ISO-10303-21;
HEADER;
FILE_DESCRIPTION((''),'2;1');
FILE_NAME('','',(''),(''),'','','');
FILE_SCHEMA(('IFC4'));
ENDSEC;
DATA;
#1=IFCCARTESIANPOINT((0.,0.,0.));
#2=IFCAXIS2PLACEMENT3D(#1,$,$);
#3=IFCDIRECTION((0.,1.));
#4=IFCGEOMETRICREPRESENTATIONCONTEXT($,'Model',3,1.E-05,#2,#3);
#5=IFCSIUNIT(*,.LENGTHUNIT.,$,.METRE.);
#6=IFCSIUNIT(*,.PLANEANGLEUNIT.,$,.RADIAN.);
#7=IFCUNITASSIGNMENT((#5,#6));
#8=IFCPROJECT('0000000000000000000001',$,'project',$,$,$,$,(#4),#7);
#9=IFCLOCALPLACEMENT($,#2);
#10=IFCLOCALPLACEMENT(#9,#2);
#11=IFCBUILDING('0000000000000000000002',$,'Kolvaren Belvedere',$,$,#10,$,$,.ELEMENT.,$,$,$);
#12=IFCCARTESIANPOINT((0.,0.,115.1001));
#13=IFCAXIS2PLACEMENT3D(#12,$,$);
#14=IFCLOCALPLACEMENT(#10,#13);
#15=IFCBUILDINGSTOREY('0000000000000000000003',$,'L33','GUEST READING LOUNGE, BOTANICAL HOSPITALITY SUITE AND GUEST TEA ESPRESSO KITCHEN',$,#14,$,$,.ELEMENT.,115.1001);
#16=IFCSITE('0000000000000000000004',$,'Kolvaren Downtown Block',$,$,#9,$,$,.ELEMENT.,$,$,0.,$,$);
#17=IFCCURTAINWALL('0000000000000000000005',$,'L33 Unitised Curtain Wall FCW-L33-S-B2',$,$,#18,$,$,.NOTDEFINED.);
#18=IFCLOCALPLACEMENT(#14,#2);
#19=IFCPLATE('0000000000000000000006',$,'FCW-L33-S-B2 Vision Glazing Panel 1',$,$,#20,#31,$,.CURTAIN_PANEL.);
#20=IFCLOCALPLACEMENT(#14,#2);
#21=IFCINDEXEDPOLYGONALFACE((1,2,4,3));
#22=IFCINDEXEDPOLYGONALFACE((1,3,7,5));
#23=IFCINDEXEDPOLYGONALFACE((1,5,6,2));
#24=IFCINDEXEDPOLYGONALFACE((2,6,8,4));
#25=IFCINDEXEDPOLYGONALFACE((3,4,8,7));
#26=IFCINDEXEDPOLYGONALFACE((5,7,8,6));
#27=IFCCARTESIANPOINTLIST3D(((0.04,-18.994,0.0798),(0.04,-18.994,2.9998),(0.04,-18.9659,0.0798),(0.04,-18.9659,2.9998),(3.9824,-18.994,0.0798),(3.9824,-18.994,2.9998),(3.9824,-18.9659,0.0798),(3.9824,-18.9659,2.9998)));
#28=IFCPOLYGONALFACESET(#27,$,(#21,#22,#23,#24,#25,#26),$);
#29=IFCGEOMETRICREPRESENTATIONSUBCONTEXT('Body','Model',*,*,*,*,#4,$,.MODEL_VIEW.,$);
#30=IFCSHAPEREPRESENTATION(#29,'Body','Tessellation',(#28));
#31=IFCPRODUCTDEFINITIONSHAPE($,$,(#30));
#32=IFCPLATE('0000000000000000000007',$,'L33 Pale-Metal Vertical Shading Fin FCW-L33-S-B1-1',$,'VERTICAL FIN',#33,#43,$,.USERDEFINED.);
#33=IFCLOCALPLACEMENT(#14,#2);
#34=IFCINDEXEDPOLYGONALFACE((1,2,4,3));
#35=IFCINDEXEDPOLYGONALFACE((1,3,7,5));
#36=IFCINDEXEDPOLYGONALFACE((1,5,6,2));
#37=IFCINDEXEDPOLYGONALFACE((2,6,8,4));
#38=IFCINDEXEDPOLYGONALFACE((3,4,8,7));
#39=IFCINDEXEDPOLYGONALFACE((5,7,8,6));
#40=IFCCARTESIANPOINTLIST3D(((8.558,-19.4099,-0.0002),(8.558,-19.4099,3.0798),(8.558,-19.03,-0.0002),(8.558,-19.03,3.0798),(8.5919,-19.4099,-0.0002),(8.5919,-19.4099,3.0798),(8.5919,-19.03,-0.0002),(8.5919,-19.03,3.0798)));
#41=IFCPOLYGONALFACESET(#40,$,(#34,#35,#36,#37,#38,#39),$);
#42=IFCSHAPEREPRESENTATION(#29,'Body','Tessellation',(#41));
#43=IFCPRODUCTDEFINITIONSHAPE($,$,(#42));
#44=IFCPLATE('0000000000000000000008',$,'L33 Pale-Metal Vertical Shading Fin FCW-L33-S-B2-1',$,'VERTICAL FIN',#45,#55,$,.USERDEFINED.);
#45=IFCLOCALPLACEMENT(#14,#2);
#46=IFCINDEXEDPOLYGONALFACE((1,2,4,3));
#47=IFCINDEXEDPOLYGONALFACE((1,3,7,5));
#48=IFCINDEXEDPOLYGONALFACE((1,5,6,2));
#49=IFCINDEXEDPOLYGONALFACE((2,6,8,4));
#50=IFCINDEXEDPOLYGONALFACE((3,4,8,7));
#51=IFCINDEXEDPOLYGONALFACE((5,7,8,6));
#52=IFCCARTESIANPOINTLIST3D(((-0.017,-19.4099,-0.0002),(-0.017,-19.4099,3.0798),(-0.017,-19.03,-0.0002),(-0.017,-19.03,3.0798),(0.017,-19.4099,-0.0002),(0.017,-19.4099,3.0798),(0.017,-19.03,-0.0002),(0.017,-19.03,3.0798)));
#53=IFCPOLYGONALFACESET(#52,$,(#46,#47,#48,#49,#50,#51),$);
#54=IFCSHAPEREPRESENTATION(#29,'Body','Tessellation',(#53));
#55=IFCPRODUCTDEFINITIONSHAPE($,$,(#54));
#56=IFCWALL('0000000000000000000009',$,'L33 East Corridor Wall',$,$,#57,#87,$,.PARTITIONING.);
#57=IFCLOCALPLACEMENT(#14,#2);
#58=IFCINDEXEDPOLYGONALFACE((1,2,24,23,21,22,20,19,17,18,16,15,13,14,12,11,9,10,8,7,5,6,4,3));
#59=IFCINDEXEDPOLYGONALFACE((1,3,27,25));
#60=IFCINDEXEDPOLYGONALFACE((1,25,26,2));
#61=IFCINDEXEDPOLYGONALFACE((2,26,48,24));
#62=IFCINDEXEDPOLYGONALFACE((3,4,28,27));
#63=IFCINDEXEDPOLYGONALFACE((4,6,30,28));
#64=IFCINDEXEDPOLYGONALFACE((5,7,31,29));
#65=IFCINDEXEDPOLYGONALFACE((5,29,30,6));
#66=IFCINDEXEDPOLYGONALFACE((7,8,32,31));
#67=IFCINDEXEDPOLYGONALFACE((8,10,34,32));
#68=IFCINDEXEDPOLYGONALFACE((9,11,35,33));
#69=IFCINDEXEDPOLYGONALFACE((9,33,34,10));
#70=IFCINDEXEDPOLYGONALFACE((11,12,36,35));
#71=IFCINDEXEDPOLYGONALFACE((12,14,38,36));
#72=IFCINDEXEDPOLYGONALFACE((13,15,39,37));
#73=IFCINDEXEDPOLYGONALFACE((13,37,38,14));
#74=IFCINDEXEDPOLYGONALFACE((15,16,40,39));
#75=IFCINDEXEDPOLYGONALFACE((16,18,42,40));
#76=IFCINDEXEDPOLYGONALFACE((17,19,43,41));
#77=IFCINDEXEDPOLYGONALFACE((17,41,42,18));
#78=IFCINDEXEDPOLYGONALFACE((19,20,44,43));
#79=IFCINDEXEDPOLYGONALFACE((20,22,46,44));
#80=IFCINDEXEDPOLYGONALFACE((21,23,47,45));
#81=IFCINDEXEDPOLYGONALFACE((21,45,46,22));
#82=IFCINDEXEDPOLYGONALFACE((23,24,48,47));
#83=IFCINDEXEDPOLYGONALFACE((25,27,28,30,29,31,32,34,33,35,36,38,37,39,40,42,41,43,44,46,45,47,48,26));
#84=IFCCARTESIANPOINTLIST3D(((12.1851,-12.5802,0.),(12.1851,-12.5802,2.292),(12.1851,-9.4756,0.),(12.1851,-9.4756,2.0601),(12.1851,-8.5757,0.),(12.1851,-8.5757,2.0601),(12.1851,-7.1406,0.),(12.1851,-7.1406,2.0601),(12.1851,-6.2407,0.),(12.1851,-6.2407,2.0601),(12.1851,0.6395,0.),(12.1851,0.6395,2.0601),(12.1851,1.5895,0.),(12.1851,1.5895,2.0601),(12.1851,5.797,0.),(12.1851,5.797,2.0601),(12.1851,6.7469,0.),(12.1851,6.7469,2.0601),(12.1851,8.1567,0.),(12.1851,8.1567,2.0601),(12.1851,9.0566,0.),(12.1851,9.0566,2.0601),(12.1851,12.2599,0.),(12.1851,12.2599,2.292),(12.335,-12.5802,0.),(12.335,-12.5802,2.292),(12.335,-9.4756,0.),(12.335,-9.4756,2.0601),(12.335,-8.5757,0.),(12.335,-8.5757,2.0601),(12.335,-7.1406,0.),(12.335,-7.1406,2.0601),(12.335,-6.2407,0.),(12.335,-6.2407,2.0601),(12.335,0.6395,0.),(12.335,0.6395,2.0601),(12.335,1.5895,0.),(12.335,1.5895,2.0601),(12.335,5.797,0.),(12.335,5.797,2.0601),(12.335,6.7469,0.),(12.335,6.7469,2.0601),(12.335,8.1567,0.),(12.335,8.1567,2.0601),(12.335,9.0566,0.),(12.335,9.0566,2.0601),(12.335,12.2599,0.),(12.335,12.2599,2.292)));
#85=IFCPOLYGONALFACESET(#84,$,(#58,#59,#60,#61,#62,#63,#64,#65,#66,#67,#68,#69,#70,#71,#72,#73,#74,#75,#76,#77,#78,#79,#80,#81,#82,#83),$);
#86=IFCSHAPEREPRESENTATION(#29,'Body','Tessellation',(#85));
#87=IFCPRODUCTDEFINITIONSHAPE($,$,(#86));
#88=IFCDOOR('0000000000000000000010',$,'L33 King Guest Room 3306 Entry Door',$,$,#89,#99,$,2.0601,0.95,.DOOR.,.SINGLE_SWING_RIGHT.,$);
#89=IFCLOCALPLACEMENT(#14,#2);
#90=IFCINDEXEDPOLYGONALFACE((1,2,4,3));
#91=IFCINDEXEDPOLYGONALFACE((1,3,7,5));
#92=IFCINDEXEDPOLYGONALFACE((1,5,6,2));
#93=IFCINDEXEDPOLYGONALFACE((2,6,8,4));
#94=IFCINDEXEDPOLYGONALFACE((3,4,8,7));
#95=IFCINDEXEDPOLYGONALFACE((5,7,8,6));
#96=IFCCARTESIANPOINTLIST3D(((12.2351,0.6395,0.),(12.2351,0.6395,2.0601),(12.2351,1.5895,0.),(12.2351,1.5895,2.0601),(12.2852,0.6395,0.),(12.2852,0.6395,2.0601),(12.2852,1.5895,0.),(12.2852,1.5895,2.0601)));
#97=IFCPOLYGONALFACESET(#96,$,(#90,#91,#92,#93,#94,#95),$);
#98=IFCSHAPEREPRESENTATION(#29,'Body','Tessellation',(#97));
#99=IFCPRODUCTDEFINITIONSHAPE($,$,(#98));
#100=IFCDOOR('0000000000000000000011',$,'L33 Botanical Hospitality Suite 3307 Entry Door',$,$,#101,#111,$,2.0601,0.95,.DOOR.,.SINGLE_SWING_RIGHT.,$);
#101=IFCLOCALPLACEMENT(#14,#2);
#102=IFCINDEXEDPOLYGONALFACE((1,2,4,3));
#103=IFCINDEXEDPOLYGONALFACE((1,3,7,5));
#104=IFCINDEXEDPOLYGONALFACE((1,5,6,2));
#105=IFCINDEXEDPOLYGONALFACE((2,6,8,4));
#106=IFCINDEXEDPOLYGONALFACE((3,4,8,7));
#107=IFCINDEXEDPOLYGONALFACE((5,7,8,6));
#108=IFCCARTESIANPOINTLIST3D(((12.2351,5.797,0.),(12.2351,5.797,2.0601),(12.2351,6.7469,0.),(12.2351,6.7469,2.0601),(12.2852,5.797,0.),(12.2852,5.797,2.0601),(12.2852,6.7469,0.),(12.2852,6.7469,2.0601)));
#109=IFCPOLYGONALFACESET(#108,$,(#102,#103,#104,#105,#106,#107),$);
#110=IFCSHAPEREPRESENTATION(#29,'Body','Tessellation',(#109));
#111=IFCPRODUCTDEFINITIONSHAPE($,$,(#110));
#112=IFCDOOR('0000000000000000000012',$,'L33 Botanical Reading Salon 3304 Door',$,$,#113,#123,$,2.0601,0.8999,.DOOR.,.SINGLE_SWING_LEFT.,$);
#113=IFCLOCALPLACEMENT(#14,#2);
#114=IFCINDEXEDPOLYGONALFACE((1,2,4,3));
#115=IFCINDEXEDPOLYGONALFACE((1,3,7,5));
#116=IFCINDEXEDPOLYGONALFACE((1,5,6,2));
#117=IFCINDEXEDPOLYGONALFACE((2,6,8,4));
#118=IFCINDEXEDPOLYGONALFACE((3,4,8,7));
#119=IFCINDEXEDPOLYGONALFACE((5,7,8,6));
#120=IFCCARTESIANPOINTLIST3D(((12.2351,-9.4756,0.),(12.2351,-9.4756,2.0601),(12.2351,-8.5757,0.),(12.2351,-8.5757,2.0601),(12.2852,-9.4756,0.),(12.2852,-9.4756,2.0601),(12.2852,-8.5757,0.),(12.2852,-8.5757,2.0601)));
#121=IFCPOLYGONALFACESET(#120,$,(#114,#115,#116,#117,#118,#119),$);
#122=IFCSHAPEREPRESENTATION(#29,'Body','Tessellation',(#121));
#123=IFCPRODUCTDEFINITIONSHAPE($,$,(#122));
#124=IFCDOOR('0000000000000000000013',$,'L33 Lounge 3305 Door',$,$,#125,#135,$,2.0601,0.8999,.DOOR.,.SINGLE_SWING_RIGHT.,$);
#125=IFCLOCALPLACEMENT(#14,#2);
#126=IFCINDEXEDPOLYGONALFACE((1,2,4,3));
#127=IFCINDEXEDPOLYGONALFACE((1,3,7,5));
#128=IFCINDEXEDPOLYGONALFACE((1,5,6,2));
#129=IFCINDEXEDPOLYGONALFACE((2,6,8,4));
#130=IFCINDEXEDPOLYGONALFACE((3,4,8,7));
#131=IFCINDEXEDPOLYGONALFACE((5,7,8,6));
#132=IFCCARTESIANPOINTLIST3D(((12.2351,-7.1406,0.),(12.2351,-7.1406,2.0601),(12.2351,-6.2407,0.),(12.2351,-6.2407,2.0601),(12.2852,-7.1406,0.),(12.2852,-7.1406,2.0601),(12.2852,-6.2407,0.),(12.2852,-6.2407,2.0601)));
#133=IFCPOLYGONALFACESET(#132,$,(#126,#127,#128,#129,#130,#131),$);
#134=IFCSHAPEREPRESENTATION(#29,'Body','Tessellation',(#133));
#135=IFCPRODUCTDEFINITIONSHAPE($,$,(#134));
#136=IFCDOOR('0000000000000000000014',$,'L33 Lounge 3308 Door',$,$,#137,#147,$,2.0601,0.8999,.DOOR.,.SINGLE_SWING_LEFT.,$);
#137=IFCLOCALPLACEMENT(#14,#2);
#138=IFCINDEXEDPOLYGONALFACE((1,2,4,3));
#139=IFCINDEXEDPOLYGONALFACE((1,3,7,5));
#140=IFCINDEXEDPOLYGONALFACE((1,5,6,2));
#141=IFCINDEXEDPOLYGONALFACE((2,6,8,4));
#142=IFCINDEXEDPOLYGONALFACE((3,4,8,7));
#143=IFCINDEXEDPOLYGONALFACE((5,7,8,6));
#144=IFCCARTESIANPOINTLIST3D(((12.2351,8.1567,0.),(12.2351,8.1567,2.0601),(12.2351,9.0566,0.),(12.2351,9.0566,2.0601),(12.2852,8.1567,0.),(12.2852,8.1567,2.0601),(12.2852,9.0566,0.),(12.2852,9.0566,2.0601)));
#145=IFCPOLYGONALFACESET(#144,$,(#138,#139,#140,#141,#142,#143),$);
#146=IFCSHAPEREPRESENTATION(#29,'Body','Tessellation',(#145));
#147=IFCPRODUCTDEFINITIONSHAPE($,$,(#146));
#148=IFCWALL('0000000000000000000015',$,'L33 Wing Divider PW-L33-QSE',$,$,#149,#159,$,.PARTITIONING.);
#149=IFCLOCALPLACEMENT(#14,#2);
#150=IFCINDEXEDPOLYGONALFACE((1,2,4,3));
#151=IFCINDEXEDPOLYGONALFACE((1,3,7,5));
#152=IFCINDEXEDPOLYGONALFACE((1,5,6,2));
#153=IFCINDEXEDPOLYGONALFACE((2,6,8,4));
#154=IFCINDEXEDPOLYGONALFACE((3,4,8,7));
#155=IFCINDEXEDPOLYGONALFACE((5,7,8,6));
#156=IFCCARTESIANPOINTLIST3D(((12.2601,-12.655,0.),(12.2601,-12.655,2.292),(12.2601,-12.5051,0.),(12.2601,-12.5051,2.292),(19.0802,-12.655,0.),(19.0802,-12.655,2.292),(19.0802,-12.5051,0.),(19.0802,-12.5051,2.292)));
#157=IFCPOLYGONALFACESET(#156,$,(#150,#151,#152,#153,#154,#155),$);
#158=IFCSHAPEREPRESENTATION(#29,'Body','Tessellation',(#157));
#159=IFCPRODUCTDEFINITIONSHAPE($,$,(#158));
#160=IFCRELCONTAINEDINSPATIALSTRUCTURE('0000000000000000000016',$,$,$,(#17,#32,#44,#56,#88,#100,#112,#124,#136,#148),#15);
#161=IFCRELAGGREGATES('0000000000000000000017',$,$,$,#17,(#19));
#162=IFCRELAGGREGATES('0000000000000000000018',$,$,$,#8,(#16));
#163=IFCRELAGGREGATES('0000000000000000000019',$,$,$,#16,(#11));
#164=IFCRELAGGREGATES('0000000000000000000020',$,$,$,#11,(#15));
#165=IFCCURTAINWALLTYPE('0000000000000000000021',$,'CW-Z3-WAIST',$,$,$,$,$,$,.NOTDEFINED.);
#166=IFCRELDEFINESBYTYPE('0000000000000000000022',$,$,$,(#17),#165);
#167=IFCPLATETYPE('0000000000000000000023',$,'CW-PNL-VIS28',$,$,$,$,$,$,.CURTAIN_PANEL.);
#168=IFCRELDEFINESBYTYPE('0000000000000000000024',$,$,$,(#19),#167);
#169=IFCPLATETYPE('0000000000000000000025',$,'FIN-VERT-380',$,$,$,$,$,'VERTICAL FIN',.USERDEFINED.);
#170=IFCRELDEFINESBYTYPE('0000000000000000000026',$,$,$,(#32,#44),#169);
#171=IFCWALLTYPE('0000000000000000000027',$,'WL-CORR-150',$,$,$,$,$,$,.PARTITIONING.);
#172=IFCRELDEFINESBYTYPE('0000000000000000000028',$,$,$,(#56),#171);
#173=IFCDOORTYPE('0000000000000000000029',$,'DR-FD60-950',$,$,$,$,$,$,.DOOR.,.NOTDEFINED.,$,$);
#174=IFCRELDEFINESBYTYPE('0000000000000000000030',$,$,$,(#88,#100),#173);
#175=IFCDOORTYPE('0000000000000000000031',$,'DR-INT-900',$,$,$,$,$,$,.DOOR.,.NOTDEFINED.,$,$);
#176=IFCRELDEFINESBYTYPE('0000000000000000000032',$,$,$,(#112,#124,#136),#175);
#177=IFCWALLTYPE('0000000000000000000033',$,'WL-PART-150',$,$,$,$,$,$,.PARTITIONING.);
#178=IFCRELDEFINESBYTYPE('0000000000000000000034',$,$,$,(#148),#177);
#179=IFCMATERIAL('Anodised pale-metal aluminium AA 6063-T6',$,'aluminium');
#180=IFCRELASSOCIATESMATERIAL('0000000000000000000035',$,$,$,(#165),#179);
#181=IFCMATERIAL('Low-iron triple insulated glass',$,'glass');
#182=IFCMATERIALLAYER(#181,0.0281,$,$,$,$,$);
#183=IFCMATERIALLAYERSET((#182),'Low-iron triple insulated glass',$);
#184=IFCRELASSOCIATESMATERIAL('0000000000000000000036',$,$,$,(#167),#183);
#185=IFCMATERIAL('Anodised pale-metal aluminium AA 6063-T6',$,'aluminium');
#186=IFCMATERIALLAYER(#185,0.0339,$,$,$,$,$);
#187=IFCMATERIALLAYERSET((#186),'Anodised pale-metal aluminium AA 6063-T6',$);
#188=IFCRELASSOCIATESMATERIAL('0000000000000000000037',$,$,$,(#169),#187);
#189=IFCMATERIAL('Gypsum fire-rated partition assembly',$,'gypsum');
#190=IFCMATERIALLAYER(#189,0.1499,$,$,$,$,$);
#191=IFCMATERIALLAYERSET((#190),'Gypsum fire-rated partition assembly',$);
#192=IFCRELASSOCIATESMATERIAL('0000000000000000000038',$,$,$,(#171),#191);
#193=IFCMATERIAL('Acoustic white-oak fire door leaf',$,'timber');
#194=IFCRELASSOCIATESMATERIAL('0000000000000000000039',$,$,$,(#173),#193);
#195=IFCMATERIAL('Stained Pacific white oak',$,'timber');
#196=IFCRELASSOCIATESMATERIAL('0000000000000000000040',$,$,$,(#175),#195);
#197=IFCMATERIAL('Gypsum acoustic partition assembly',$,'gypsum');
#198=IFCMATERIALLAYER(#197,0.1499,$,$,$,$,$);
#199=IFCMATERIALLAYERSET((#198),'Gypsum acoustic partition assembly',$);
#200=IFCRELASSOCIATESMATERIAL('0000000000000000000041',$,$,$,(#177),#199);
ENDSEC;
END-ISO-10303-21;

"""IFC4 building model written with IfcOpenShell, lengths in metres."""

from ifc_helpers import new_model, si_unit, direction, frame, frame_2d, origin, origin_2d, place, context, subcontext, project, spatial, rectangle, extrude, material, layer, layer_set, type_object, element, fill, aggregate, save


model = new_model("IFC4")

# Units and contexts
model_context = context("Model", 3, precision=1e-05, world=origin(), true_north=direction((0.0, 1.0)))
body_context = subcontext(model_context, "Body", "Model", "MODEL_VIEW")
ifc_project = project(units=[si_unit("LENGTHUNIT", "METRE"), si_unit("PLANEANGLEUNIT", "RADIAN")], contexts=[model_context])

# Site, building, storey
site_placement = place(None, origin())
site = spatial("IfcSite", under=ifc_project, at=site_placement, Name="Kolvaren Downtown Block", CompositionType="ELEMENT", RefElevation=0.0)
building_placement = place(site_placement, origin())
building = spatial("IfcBuilding", under=site, at=building_placement, Name="Kolvaren Belvedere", CompositionType="ELEMENT")
storey_placement = place(building_placement, frame((0.0, 0.0, 115.1001)))
storey = spatial("IfcBuildingStorey", under=building, at=storey_placement, Name="L33", Description="GUEST READING LOUNGE, BOTANICAL HOSPITALITY SUITE AND GUEST TEA ESPRESSO KITCHEN", CompositionType="ELEMENT", Elevation=115.1001)

# Curtain wall
ifc_material_1 = material(Name="Anodised pale-metal aluminium AA 6063-T6", Category="aluminium")
curtain_wall_type = type_object("IfcCurtainWallType", Name="CW-Z3-WAIST", PredefinedType="NOTDEFINED", material=ifc_material_1)
curtain_wall_1_placement = place(storey_placement, origin())
curtain_wall_1 = element("IfcCurtainWall", 1, at=curtain_wall_1_placement, inside=storey, type_object=curtain_wall_type, Name="L33 Unitised Curtain Wall FCW-L33-S-B2", PredefinedType="NOTDEFINED")

# Plate
ifc_material_2 = material(Name="Low-iron triple insulated glass", Category="glass")
ifc_layer_1 = layer(ifc_material_2, 0.0281)
ifc_layer_set_1 = layer_set([ifc_layer_1], Name="Low-iron triple insulated glass")
plate_type_1 = type_object("IfcPlateType", Name="CW-PNL-VIS28", PredefinedType="CURTAIN_PANEL", material=ifc_layer_set_1)
plate_1_placement = place(storey_placement, frame((2.0112, -18.98, 0.0798), z_axis=(0.0, 0.0, 1.0), x_axis=(-1.0, 0.0, 0.0)))
plate_1 = element("IfcPlate", 2, at=plate_1_placement, type_object=plate_type_1, Name="FCW-L33-S-B2 Vision Glazing Panel 1", PredefinedType="CURTAIN_PANEL", context=body_context, shape_type="SweptSolid", body=[
    extrude(rectangle(XDim=3.9424, YDim=0.0281, at=origin_2d()), origin(), (0.0, 0.0, 1.0), 2.9199),
])
aggregate(curtain_wall_1, [plate_1])

# Plates
ifc_material_3 = material(Name="Anodised pale-metal aluminium AA 6063-T6", Category="aluminium")
ifc_layer_2 = layer(ifc_material_3, 0.0339)
ifc_layer_set_2 = layer_set([ifc_layer_2], Name="Anodised pale-metal aluminium AA 6063-T6")
plate_type_2 = type_object("IfcPlateType", Name="FIN-VERT-380", ElementType="VERTICAL FIN", PredefinedType="USERDEFINED", material=ifc_layer_set_2)
for number, where, z_axis, x_axis, name in (
    (3, (8.575, -19.22, -0.0002), (0.0, 0.0, 1.0), (0.0, 1.0, 0.0), "L33 Pale-Metal Vertical Shading Fin FCW-L33-S-B1-1"),
    (4, (0.0, -19.22, -0.0002), (0.0, 0.0, 1.0), (0.0, 1.0, 0.0), "L33 Pale-Metal Vertical Shading Fin FCW-L33-S-B2-1"),
):
    element("IfcPlate", number, at=place(storey_placement, frame(where, z_axis=z_axis, x_axis=x_axis)), inside=storey, type_object=plate_type_2, Name=name, ObjectType="VERTICAL FIN", PredefinedType="USERDEFINED", context=body_context, shape_type="SweptSolid", body=[
        extrude(rectangle(XDim=0.3799, YDim=0.0339, at=origin_2d()), origin(), (0.0, 0.0, 1.0), 3.0801),
    ])

# Wall, openings, doors
ifc_material_4 = material(Name="Gypsum fire-rated partition assembly", Category="gypsum")
ifc_layer_3 = layer(ifc_material_4, 0.1499)
ifc_layer_set_3 = layer_set([ifc_layer_3], Name="Gypsum fire-rated partition assembly")
wall_type_1 = type_object("IfcWallType", Name="WL-CORR-150", PredefinedType="PARTITIONING", material=ifc_layer_set_3)
wall_1_placement = place(storey_placement, frame((12.26, -12.5801, 0.0), z_axis=(0.0, 0.0, 1.0), x_axis=(0.0, 1.0, 0.0)))
wall_1 = element("IfcWall", 5, at=wall_1_placement, inside=storey, type_object=wall_type_1, Name="L33 East Corridor Wall", PredefinedType="PARTITIONING", context=body_context, shape_type="SweptSolid", body=[
    extrude(rectangle(XDim=24.8401, YDim=0.1499, at=frame_2d((12.4199, 0.0))), origin(), (0.0, 0.0, 1.0), 2.292),
])
opening_1_placement = place(wall_1_placement, frame((3.1045, 0.0, 0.0)))
opening_1 = element("IfcOpeningElement", 6, at=opening_1_placement, cuts=wall_1, PredefinedType="OPENING", context=body_context, shape_type="SweptSolid", body=[
    extrude(rectangle(XDim=0.8999, YDim=2.0601, at=frame_2d((0.45, 1.03))), frame((0.0, 0.085, 0.0), z_axis=(0.0, -1.0, 0.0), x_axis=(1.0, 0.0, 0.0)), (0.0, 0.0, 1.0), 0.1699),
])
opening_2_placement = place(wall_1_placement, frame((5.4395, 0.0, 0.0)))
opening_2 = element("IfcOpeningElement", 7, at=opening_2_placement, cuts=wall_1, PredefinedType="OPENING", context=body_context, shape_type="SweptSolid", body=[
    extrude(rectangle(XDim=0.8999, YDim=2.0601, at=frame_2d((0.45, 1.03))), frame((0.0, 0.085, 0.0), z_axis=(0.0, -1.0, 0.0), x_axis=(1.0, 0.0, 0.0)), (0.0, 0.0, 1.0), 0.1699),
])
opening_3_placement = place(wall_1_placement, frame((13.2195, 0.0, 0.0)))
opening_3 = element("IfcOpeningElement", 8, at=opening_3_placement, cuts=wall_1, PredefinedType="OPENING", context=body_context, shape_type="SweptSolid", body=[
    extrude(rectangle(XDim=0.95, YDim=2.0601, at=frame_2d((0.4751, 1.03))), frame((0.0, 0.085, 0.0), z_axis=(0.0, -1.0, 0.0), x_axis=(1.0, 0.0, 0.0)), (0.0, 0.0, 1.0), 0.1699),
])
opening_4_placement = place(wall_1_placement, frame((18.377, 0.0, 0.0)))
opening_4 = element("IfcOpeningElement", 9, at=opening_4_placement, cuts=wall_1, PredefinedType="OPENING", context=body_context, shape_type="SweptSolid", body=[
    extrude(rectangle(XDim=0.95, YDim=2.0601, at=frame_2d((0.4751, 1.03))), frame((0.0, 0.085, 0.0), z_axis=(0.0, -1.0, 0.0), x_axis=(1.0, 0.0, 0.0)), (0.0, 0.0, 1.0), 0.1699),
])
opening_5_placement = place(wall_1_placement, frame((20.7368, 0.0, 0.0)))
opening_5 = element("IfcOpeningElement", 10, at=opening_5_placement, cuts=wall_1, PredefinedType="OPENING", context=body_context, shape_type="SweptSolid", body=[
    extrude(rectangle(XDim=0.8999, YDim=2.0601, at=frame_2d((0.45, 1.03))), frame((0.0, 0.085, 0.0), z_axis=(0.0, -1.0, 0.0), x_axis=(1.0, 0.0, 0.0)), (0.0, 0.0, 1.0), 0.1699),
])
ifc_material_5 = material(Name="Acoustic white-oak fire door leaf", Category="timber")
door_type_1 = type_object("IfcDoorType", Name="DR-FD60-950", OperationType="NOTDEFINED", PredefinedType="DOOR", material=ifc_material_5)
door_1_placement = place(opening_3_placement, origin())
door_1 = element("IfcDoor", 11, at=door_1_placement, inside=storey, type_object=door_type_1, Name="L33 King Guest Room 3306 Entry Door", OperationType="SINGLE_SWING_RIGHT", OverallHeight=2.0601, OverallWidth=0.95, PredefinedType="DOOR", context=body_context, shape_type="SweptSolid", body=[
    extrude(rectangle(XDim=0.95, YDim=2.0601, at=frame_2d((0.4751, 1.03))), frame((0.0, 0.0249, 0.0), z_axis=(0.0, -1.0, 0.0), x_axis=(1.0, 0.0, 0.0)), (0.0, 0.0, 1.0), 0.05),
])
fill(opening_3, door_1)
door_2_placement = place(opening_4_placement, origin())
door_2 = element("IfcDoor", 12, at=door_2_placement, inside=storey, type_object=door_type_1, Name="L33 Botanical Hospitality Suite 3307 Entry Door", OperationType="SINGLE_SWING_RIGHT", OverallHeight=2.0601, OverallWidth=0.95, PredefinedType="DOOR", context=body_context, shape_type="SweptSolid", body=[
    extrude(rectangle(XDim=0.95, YDim=2.0601, at=frame_2d((0.4751, 1.03))), frame((0.0, 0.0249, 0.0), z_axis=(0.0, -1.0, 0.0), x_axis=(1.0, 0.0, 0.0)), (0.0, 0.0, 1.0), 0.05),
])
fill(opening_4, door_2)
ifc_material_6 = material(Name="Stained Pacific white oak", Category="timber")
door_type_2 = type_object("IfcDoorType", Name="DR-INT-900", OperationType="NOTDEFINED", PredefinedType="DOOR", material=ifc_material_6)
door_3_placement = place(opening_1_placement, origin())
door_3 = element("IfcDoor", 13, at=door_3_placement, inside=storey, type_object=door_type_2, Name="L33 Botanical Reading Salon 3304 Door", OperationType="SINGLE_SWING_LEFT", OverallHeight=2.0601, OverallWidth=0.8999, PredefinedType="DOOR", context=body_context, shape_type="SweptSolid", body=[
    extrude(rectangle(XDim=0.8999, YDim=2.0601, at=frame_2d((0.45, 1.03))), frame((0.0, 0.0249, 0.0), z_axis=(0.0, -1.0, 0.0), x_axis=(1.0, 0.0, 0.0)), (0.0, 0.0, 1.0), 0.05),
])
fill(opening_1, door_3)
door_4_placement = place(opening_2_placement, origin())
door_4 = element("IfcDoor", 14, at=door_4_placement, inside=storey, type_object=door_type_2, Name="L33 Lounge 3305 Door", OperationType="SINGLE_SWING_RIGHT", OverallHeight=2.0601, OverallWidth=0.8999, PredefinedType="DOOR", context=body_context, shape_type="SweptSolid", body=[
    extrude(rectangle(XDim=0.8999, YDim=2.0601, at=frame_2d((0.45, 1.03))), frame((0.0, 0.0249, 0.0), z_axis=(0.0, -1.0, 0.0), x_axis=(1.0, 0.0, 0.0)), (0.0, 0.0, 1.0), 0.05),
])
fill(opening_2, door_4)
door_5_placement = place(opening_5_placement, origin())
door_5 = element("IfcDoor", 15, at=door_5_placement, inside=storey, type_object=door_type_2, Name="L33 Lounge 3308 Door", OperationType="SINGLE_SWING_LEFT", OverallHeight=2.0601, OverallWidth=0.8999, PredefinedType="DOOR", context=body_context, shape_type="SweptSolid", body=[
    extrude(rectangle(XDim=0.8999, YDim=2.0601, at=frame_2d((0.45, 1.03))), frame((0.0, 0.0249, 0.0), z_axis=(0.0, -1.0, 0.0), x_axis=(1.0, 0.0, 0.0)), (0.0, 0.0, 1.0), 0.05),
])
fill(opening_5, door_5)

# Wall
ifc_material_7 = material(Name="Gypsum acoustic partition assembly", Category="gypsum")
ifc_layer_4 = layer(ifc_material_7, 0.1499)
ifc_layer_set_4 = layer_set([ifc_layer_4], Name="Gypsum acoustic partition assembly")
wall_type_2 = type_object("IfcWallType", Name="WL-PART-150", PredefinedType="PARTITIONING", material=ifc_layer_set_4)
wall_2_placement = place(storey_placement, frame((12.26, -12.5801, 0.0), z_axis=(0.0, 0.0, 1.0), x_axis=(1.0, 0.0, 0.0)))
element("IfcWall", 16, at=wall_2_placement, inside=storey, type_object=wall_type_2, Name="L33 Wing Divider PW-L33-QSE", PredefinedType="PARTITIONING", context=body_context, shape_type="SweptSolid", body=[
    extrude(rectangle(XDim=6.8201, YDim=0.1499, at=frame_2d((3.4102, 0.0))), origin(), (0.0, 0.0, 1.0), 2.292),
])

save(model, "model.ifc")
